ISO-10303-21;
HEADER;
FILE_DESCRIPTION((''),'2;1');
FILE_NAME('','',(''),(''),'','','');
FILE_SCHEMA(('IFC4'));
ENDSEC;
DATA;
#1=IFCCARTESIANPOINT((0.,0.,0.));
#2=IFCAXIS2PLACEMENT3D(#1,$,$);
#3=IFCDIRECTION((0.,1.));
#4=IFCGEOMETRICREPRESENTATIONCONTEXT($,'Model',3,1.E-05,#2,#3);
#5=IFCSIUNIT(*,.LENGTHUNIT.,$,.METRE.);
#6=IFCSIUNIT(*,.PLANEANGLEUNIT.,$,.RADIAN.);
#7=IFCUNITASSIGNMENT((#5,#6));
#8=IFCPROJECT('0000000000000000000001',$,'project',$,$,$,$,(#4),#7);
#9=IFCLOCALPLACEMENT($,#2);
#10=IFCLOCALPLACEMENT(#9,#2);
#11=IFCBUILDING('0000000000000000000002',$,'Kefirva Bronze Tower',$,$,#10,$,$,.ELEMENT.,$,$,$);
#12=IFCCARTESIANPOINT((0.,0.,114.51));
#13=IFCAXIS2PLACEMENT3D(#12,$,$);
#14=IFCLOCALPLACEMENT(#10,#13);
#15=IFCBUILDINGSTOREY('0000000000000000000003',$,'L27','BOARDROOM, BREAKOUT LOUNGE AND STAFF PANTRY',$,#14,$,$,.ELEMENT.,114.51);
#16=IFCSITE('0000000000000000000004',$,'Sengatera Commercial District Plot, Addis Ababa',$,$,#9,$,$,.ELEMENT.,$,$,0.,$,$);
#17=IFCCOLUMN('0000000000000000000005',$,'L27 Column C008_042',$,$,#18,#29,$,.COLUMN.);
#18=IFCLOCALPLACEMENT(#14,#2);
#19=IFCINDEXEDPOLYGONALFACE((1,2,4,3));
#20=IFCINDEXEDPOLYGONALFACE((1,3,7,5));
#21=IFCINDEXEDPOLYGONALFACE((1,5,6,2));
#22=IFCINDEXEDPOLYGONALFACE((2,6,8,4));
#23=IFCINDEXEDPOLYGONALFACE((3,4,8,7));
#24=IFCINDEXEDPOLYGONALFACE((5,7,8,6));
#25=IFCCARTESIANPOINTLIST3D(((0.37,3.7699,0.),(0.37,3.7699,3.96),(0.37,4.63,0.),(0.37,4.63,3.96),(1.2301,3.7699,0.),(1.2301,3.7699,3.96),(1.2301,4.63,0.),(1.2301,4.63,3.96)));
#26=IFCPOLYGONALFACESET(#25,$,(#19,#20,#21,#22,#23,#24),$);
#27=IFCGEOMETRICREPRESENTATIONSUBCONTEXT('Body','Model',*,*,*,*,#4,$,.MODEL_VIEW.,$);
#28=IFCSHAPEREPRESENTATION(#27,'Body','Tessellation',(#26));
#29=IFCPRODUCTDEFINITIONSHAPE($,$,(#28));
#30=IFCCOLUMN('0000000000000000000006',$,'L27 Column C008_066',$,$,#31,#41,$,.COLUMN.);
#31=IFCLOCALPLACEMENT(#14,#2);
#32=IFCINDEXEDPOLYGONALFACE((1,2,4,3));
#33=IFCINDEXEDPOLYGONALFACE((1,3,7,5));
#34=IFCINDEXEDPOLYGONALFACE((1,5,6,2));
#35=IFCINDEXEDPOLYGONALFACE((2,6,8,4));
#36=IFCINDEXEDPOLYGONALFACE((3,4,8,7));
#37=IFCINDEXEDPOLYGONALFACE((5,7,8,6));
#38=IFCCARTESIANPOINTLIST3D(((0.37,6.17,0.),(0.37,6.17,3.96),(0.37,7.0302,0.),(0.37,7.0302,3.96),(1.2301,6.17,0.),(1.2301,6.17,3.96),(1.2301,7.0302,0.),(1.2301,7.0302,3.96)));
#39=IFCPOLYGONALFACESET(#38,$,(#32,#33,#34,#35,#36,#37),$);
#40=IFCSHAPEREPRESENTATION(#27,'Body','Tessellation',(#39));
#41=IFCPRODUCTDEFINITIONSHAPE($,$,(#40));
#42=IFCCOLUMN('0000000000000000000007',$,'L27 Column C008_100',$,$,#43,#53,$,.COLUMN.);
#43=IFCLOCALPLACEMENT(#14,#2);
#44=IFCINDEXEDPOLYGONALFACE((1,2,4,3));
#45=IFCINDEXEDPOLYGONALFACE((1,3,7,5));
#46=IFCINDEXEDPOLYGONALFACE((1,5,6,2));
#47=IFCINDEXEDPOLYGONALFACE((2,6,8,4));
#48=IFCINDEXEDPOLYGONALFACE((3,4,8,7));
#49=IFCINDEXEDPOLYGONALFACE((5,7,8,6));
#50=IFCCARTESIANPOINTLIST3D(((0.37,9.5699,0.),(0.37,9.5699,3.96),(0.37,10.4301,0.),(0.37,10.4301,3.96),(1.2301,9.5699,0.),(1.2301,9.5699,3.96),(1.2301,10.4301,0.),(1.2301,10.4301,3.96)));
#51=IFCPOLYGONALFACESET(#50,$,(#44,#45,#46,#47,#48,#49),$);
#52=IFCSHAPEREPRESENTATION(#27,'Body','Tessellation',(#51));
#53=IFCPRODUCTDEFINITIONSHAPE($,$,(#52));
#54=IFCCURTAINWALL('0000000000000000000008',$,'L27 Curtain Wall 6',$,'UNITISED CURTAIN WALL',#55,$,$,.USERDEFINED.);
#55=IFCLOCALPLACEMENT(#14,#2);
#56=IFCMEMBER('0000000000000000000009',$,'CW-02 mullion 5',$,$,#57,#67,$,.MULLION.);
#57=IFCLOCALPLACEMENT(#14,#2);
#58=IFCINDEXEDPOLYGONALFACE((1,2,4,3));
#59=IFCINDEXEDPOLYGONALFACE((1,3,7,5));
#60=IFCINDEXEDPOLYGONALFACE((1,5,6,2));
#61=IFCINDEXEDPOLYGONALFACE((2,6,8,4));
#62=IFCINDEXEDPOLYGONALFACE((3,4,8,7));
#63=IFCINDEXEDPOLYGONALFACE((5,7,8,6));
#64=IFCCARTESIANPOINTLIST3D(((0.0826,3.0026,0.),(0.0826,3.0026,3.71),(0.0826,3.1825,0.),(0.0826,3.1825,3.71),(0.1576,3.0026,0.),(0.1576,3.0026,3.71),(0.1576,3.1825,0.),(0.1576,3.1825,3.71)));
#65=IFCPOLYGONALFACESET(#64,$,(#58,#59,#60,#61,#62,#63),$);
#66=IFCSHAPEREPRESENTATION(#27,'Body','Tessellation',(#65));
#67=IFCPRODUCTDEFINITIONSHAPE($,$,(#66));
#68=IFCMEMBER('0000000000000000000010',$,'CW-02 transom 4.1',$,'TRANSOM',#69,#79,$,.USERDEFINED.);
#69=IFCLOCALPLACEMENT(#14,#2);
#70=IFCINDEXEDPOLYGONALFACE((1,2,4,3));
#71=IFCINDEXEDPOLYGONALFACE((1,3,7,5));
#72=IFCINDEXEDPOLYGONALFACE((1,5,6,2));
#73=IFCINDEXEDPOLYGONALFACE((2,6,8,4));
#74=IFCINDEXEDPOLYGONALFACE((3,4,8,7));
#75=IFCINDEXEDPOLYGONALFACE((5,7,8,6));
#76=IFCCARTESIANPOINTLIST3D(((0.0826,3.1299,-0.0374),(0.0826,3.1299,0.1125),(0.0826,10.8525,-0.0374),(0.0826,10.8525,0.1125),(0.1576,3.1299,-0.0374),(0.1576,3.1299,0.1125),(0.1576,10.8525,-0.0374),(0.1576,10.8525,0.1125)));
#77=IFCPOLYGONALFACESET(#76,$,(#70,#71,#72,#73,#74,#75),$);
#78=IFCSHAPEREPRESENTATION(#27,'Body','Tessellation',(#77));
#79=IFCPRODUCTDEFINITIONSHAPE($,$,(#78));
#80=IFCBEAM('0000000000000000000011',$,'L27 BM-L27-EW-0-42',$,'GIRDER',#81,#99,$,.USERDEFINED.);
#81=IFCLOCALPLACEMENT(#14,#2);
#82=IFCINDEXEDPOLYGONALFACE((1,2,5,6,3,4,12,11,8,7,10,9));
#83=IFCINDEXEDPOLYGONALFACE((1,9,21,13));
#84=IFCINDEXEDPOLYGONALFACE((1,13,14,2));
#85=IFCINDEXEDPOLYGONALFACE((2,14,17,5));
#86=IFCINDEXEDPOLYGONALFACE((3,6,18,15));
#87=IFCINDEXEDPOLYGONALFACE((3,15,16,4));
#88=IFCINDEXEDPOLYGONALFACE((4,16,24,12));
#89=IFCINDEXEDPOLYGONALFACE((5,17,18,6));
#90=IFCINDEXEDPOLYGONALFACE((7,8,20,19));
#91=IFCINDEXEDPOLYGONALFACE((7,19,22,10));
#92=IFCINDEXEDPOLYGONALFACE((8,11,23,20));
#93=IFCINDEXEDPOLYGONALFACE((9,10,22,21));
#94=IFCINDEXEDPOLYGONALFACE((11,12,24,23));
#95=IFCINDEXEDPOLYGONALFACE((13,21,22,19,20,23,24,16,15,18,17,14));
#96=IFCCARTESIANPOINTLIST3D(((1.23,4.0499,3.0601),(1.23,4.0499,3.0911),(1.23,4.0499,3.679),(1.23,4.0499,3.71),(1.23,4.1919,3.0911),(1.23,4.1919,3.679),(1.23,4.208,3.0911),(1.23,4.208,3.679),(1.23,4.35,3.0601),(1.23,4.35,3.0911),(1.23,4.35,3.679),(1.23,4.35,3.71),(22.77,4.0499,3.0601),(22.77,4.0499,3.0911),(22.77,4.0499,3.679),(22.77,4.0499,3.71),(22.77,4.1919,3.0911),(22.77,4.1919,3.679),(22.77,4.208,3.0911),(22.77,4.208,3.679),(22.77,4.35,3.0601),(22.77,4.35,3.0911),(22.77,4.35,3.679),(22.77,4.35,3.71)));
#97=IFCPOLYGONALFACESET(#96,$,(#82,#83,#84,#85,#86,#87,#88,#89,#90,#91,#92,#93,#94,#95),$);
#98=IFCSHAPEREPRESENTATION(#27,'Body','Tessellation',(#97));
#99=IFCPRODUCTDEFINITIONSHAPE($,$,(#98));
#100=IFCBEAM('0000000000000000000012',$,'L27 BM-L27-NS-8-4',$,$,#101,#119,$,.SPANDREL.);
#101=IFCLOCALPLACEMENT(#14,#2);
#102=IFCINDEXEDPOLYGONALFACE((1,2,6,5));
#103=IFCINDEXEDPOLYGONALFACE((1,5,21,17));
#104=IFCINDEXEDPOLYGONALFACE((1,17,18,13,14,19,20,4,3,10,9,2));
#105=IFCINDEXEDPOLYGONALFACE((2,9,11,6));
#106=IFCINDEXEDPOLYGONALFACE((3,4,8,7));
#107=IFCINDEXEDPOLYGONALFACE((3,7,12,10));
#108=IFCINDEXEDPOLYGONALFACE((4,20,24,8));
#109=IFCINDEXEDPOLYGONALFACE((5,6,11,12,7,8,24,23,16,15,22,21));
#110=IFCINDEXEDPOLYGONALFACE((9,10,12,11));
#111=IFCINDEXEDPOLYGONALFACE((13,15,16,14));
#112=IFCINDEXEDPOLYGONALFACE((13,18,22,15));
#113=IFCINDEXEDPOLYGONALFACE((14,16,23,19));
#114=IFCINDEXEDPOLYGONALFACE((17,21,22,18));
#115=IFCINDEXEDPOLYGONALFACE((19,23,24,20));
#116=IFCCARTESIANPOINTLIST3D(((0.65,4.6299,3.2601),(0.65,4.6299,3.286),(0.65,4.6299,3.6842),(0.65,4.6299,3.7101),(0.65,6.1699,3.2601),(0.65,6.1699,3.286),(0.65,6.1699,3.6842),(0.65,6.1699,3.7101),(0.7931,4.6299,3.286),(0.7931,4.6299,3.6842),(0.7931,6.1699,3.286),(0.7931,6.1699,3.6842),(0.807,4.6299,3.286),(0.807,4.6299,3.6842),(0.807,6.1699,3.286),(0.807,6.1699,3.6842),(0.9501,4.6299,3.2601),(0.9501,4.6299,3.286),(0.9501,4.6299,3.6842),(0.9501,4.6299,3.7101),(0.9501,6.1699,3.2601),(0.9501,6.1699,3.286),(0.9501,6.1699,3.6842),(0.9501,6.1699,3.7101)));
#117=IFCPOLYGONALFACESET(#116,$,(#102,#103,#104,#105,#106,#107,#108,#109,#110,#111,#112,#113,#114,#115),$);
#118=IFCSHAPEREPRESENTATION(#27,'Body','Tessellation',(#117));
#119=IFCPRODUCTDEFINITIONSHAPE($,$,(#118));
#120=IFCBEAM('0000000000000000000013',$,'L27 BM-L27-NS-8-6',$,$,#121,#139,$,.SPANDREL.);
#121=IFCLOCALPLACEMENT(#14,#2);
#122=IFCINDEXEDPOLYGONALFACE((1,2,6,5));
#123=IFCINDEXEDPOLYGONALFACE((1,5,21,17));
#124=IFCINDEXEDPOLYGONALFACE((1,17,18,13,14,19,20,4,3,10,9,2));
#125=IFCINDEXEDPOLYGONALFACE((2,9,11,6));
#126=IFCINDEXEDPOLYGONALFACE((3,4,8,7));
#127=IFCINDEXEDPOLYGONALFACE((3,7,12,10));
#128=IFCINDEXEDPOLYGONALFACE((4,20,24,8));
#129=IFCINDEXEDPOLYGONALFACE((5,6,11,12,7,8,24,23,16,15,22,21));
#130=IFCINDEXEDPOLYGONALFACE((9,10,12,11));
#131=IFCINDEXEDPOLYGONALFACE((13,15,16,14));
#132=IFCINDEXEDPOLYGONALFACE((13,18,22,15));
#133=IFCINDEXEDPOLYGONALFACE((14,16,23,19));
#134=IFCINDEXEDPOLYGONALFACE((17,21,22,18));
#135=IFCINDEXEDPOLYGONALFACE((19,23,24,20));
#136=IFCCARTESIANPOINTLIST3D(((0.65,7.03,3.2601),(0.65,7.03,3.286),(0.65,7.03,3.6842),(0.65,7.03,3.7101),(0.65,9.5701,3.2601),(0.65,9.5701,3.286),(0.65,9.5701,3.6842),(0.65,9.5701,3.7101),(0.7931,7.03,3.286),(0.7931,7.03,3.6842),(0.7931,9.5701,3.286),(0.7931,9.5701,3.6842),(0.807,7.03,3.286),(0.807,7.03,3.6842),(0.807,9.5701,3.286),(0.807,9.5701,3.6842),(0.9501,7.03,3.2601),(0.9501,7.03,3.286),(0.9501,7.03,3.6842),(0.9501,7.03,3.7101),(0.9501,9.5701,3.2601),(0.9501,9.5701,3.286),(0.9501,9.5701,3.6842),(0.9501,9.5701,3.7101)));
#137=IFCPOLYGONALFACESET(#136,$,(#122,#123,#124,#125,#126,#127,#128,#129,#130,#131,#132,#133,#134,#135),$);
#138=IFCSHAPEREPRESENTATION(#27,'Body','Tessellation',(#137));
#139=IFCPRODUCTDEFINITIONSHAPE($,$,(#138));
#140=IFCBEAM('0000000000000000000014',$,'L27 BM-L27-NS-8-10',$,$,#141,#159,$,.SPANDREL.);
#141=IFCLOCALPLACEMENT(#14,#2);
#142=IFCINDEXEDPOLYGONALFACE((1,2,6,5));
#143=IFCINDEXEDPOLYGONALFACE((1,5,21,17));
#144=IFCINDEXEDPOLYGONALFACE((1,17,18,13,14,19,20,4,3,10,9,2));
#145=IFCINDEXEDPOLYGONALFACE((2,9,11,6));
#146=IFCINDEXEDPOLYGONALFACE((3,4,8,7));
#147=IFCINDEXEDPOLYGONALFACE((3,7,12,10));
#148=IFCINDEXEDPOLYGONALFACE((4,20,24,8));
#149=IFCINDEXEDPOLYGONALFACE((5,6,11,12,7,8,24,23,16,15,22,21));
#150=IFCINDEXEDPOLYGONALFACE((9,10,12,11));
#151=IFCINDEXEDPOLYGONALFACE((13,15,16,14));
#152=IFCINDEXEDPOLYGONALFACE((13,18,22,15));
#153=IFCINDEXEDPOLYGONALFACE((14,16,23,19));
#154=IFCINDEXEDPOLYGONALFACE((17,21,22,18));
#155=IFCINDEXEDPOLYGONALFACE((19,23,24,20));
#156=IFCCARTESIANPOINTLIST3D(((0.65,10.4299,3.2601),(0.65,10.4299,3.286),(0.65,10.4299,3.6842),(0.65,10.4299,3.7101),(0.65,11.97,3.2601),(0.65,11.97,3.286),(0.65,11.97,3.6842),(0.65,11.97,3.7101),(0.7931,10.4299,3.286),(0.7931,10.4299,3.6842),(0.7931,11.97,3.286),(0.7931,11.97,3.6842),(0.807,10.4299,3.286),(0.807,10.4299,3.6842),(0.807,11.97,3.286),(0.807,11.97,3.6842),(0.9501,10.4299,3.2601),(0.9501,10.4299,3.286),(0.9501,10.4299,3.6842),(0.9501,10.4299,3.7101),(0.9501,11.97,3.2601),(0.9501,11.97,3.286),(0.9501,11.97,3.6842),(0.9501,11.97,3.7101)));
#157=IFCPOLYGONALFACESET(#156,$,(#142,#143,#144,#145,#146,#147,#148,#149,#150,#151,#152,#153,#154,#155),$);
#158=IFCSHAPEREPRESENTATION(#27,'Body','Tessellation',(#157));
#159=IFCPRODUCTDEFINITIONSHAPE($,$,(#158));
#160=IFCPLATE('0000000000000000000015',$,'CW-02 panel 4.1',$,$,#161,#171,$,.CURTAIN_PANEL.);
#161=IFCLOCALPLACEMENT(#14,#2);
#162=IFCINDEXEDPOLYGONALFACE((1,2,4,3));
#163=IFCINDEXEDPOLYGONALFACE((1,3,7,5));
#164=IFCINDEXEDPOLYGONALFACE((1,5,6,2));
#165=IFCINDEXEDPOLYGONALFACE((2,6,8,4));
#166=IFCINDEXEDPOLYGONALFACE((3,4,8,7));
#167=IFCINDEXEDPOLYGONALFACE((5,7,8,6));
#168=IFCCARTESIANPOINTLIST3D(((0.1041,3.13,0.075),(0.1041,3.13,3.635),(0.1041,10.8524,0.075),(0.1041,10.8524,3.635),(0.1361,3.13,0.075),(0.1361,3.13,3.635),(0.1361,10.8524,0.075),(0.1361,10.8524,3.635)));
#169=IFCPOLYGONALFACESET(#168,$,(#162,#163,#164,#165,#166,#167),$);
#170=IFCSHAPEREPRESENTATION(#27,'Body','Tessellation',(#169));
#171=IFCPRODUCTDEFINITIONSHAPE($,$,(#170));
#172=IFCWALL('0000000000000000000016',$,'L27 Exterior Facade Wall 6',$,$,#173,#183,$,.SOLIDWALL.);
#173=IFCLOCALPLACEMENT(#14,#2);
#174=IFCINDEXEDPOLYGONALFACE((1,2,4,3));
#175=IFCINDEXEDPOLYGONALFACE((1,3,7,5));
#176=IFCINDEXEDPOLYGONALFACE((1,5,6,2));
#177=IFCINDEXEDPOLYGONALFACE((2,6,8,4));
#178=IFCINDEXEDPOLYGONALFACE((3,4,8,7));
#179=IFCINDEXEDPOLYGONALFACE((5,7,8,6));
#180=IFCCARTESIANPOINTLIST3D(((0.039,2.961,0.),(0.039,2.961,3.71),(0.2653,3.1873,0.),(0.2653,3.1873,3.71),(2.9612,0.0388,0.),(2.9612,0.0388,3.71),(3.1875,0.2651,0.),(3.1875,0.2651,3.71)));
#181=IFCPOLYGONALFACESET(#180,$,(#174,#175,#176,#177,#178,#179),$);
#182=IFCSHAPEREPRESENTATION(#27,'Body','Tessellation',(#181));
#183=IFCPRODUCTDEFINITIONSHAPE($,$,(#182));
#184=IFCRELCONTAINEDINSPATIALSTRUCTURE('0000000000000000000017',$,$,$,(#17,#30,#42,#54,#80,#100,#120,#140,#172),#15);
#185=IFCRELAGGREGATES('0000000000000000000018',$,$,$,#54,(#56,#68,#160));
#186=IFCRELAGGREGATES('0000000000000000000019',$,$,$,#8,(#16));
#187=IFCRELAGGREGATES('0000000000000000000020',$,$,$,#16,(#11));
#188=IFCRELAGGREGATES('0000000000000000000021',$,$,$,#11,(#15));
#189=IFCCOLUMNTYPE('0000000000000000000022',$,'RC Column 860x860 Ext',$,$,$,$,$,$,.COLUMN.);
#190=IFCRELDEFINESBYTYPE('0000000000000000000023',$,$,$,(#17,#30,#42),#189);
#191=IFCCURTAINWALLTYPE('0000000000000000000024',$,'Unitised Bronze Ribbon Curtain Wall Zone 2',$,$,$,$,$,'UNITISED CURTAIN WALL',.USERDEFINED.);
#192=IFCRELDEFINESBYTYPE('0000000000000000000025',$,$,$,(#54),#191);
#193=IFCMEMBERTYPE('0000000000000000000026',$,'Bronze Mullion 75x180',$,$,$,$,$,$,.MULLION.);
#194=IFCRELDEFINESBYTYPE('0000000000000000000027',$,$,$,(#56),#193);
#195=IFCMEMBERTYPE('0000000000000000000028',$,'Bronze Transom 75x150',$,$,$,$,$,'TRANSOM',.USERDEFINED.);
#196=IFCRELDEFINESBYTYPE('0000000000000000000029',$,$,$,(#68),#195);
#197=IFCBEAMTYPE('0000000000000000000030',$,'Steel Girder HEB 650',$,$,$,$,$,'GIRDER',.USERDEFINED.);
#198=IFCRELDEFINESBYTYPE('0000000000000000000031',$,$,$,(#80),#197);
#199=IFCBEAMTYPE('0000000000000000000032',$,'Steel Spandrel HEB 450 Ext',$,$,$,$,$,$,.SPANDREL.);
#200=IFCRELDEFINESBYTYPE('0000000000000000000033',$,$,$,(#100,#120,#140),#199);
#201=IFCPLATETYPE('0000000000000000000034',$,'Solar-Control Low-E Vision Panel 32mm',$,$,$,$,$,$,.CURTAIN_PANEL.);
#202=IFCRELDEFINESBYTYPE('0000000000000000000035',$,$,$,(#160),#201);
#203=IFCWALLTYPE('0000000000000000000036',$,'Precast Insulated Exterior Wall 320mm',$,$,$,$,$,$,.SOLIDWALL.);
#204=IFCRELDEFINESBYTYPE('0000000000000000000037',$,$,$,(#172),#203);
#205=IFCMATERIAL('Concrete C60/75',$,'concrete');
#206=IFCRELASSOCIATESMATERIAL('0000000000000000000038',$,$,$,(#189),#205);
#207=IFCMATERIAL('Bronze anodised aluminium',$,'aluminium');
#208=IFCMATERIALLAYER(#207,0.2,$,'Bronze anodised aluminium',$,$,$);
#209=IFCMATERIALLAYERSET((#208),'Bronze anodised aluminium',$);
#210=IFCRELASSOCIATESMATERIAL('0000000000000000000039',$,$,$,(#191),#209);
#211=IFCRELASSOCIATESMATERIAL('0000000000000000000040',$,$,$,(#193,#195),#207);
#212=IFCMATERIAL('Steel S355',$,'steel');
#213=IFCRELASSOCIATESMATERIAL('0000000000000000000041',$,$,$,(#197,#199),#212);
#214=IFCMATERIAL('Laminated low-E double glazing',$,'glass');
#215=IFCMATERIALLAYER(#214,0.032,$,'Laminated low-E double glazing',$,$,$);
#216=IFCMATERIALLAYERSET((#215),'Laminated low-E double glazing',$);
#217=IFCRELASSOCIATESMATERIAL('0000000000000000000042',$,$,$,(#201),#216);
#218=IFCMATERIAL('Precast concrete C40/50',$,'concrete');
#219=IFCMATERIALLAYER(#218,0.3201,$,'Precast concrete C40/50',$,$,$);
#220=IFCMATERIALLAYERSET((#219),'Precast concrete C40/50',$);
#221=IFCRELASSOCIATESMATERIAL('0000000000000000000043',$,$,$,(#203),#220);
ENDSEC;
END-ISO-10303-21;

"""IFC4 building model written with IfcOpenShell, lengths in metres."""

from ifc_helpers import new_model, si_unit, direction, frame, frame_2d, origin, origin_2d, place, context, subcontext, project, spatial, rectangle, i_section, extrude, material, layer, layer_set, material_profile, profile_set, type_object, element, aggregate, save


model = new_model("IFC4")

# Units and contexts
model_context = context("Model", 3, precision=1e-05, world=origin(), true_north=direction((0.0, 1.0)))
body_context = subcontext(model_context, "Body", "Model", "MODEL_VIEW")
ifc_project = project(units=[si_unit("LENGTHUNIT", "METRE"), si_unit("PLANEANGLEUNIT", "RADIAN")], contexts=[model_context])

# Site, building, storey
site_placement = place(None, origin())
site = spatial("IfcSite", under=ifc_project, at=site_placement, Name="Sengatera Commercial District Plot, Addis Ababa", CompositionType="ELEMENT", RefElevation=0.0)
building_placement = place(site_placement, origin())
building = spatial("IfcBuilding", under=site, at=building_placement, Name="Kefirva Bronze Tower", CompositionType="ELEMENT")
storey_placement = place(building_placement, frame((0.0, 0.0, 114.51)))
storey = spatial("IfcBuildingStorey", under=building, at=storey_placement, Name="L27", Description="BOARDROOM, BREAKOUT LOUNGE AND STAFF PANTRY", CompositionType="ELEMENT", Elevation=114.51)

# Columns
ifc_material_1 = material(Name="Concrete C60/75", Category="concrete")
ifc_material_profile_1 = material_profile(ifc_material_1, rectangle(XDim=0.8601, YDim=0.8601, at=origin_2d()), Name="RC 860x860")
ifc_profile_set_1 = profile_set([ifc_material_profile_1], Name="Concrete C60/75")
column_type = type_object("IfcColumnType", Name="RC Column 860x860 Ext", PredefinedType="COLUMN", material=ifc_profile_set_1)
for number, where, z_axis, x_axis, name in (
    (1, (0.8, 4.2, 0.0), (0.0, 0.0, 1.0), (1.0, 0.0, 0.0), "L27 Column C008_042"),
    (2, (0.8, 6.6001, 0.0), (0.0, 0.0, 1.0), (1.0, 0.0, 0.0), "L27 Column C008_066"),
    (3, (0.8, 10.0, 0.0), (0.0, 0.0, 1.0), (1.0, 0.0, 0.0), "L27 Column C008_100"),
):
    element("IfcColumn", number, at=place(storey_placement, frame(where, z_axis=z_axis, x_axis=x_axis)), inside=storey, type_object=column_type, Name=name, PredefinedType="COLUMN", context=body_context, shape_type="SweptSolid", body=[
        extrude(rectangle(XDim=0.8601, YDim=0.8601, at=origin_2d()), origin(), (0.0, 0.0, 1.0), 3.96),
    ])

# Curtain wall, members
ifc_material_2 = material(Name="Bronze anodised aluminium", Category="aluminium")
ifc_layer_1 = layer(ifc_material_2, 0.2, Name="Bronze anodised aluminium")
ifc_layer_set_1 = layer_set([ifc_layer_1], Name="Bronze anodised aluminium")
curtain_wall_type = type_object("IfcCurtainWallType", Name="Unitised Bronze Ribbon Curtain Wall Zone 2", ElementType="UNITISED CURTAIN WALL", PredefinedType="USERDEFINED", material=ifc_layer_set_1)
curtain_wall_placement = place(storey_placement, origin())
curtain_wall = element("IfcCurtainWall", 4, at=curtain_wall_placement, inside=storey, type_object=curtain_wall_type, Name="L27 Curtain Wall 6", ObjectType="UNITISED CURTAIN WALL", PredefinedType="USERDEFINED")
ifc_material_profile_2 = material_profile(ifc_material_2, rectangle(XDim=0.075, YDim=0.1799, at=origin_2d()), Name="ALU 75x180")
ifc_profile_set_2 = profile_set([ifc_material_profile_2], Name="Bronze anodised aluminium")
member_type_1 = type_object("IfcMemberType", Name="Bronze Mullion 75x180", PredefinedType="MULLION", material=ifc_profile_set_2)
member_1_placement = place(storey_placement, frame((0.1201, 3.0925, 0.0), z_axis=(0.0, 0.0, 1.0), x_axis=(1.0, 0.0, 0.0)))
member_1 = element("IfcMember", 5, at=member_1_placement, type_object=member_type_1, Name="CW-02 mullion 5", PredefinedType="MULLION", context=body_context, shape_type="SweptSolid", body=[
    extrude(rectangle(XDim=0.075, YDim=0.1799, at=origin_2d()), origin(), (0.0, 0.0, 1.0), 3.71),
])
ifc_material_profile_3 = material_profile(ifc_material_2, rectangle(XDim=0.075, YDim=0.1499, at=origin_2d()), Name="ALU 75x150")
ifc_profile_set_3 = profile_set([ifc_material_profile_3], Name="Bronze anodised aluminium")
member_type_2 = type_object("IfcMemberType", Name="Bronze Transom 75x150", ElementType="TRANSOM", PredefinedType="USERDEFINED", material=ifc_profile_set_3)
member_2_placement = place(storey_placement, frame((0.1201, 10.8525, 0.0376), z_axis=(0.0, -1.0, 0.0), x_axis=(1.0, 0.0, 0.0)))
member_2 = element("IfcMember", 6, at=member_2_placement, type_object=member_type_2, Name="CW-02 transom 4.1", ObjectType="TRANSOM", PredefinedType="USERDEFINED", context=body_context, shape_type="SweptSolid", body=[
    extrude(rectangle(XDim=0.075, YDim=0.1499, at=origin_2d()), origin(), (0.0, 0.0, 1.0), 7.7227),
])

# Beams
ifc_material_3 = material(Name="Steel S355", Category="steel")
ifc_material_profile_4 = material_profile(ifc_material_3, i_section(OverallWidth=0.3, OverallDepth=0.6499, WebThickness=0.0161, FlangeThickness=0.031, at=origin_2d()), Name="HEB 650")
ifc_profile_set_4 = profile_set([ifc_material_profile_4], Name="Steel S355")
beam_type_1 = type_object("IfcBeamType", Name="Steel Girder HEB 650", ElementType="GIRDER", PredefinedType="USERDEFINED", material=ifc_profile_set_4)
beam_1_placement = place(storey_placement, frame((1.23, 4.2, 3.385), z_axis=(1.0, 0.0, 0.0), x_axis=(0.0, 1.0, 0.0)))
element("IfcBeam", 7, at=beam_1_placement, inside=storey, type_object=beam_type_1, Name="L27 BM-L27-EW-0-42", ObjectType="GIRDER", PredefinedType="USERDEFINED", context=body_context, shape_type="SweptSolid", body=[
    extrude(i_section(OverallWidth=0.3, OverallDepth=0.6499, WebThickness=0.0161, FlangeThickness=0.031, at=origin_2d()), origin(), (0.0, 0.0, 1.0), 21.54),
])
ifc_material_profile_5 = material_profile(ifc_material_3, i_section(OverallWidth=0.3, OverallDepth=0.45, WebThickness=0.0139, FlangeThickness=0.0259, at=origin_2d()), Name="HEB 450")
ifc_profile_set_5 = profile_set([ifc_material_profile_5], Name="Steel S355")
beam_type_2 = type_object("IfcBeamType", Name="Steel Spandrel HEB 450 Ext", PredefinedType="SPANDREL", material=ifc_profile_set_5)
beam_2_placement = place(storey_placement, frame((0.8, 4.6299, 3.4851), z_axis=(0.0, 1.0, 0.0), x_axis=(-1.0, 0.0, 0.0)))
element("IfcBeam", 8, at=beam_2_placement, inside=storey, type_object=beam_type_2, Name="L27 BM-L27-NS-8-4", PredefinedType="SPANDREL", context=body_context, shape_type="SweptSolid", body=[
    extrude(i_section(OverallWidth=0.3, OverallDepth=0.45, WebThickness=0.0139, FlangeThickness=0.0259, at=origin_2d()), origin(), (0.0, 0.0, 1.0), 1.54),
])
beam_3_placement = place(storey_placement, frame((0.8, 7.03, 3.4851), z_axis=(0.0, 1.0, 0.0), x_axis=(-1.0, 0.0, 0.0)))
element("IfcBeam", 9, at=beam_3_placement, inside=storey, type_object=beam_type_2, Name="L27 BM-L27-NS-8-6", PredefinedType="SPANDREL", context=body_context, shape_type="SweptSolid", body=[
    extrude(i_section(OverallWidth=0.3, OverallDepth=0.45, WebThickness=0.0139, FlangeThickness=0.0259, at=origin_2d()), origin(), (0.0, 0.0, 1.0), 2.54),
])
beam_4_placement = place(storey_placement, frame((0.8, 10.4299, 3.4851), z_axis=(0.0, 1.0, 0.0), x_axis=(-1.0, 0.0, 0.0)))
element("IfcBeam", 10, at=beam_4_placement, inside=storey, type_object=beam_type_2, Name="L27 BM-L27-NS-8-10", PredefinedType="SPANDREL", context=body_context, shape_type="SweptSolid", body=[
    extrude(i_section(OverallWidth=0.3, OverallDepth=0.45, WebThickness=0.0139, FlangeThickness=0.0259, at=origin_2d()), origin(), (0.0, 0.0, 1.0), 1.54),
])

# Plate
ifc_material_4 = material(Name="Laminated low-E double glazing", Category="glass")
ifc_layer_2 = layer(ifc_material_4, 0.032, Name="Laminated low-E double glazing")
ifc_layer_set_2 = layer_set([ifc_layer_2], Name="Laminated low-E double glazing")
plate_type = type_object("IfcPlateType", Name="Solar-Control Low-E Vision Panel 32mm", PredefinedType="CURTAIN_PANEL", material=ifc_layer_set_2)
plate_placement = place(storey_placement, frame((0.1201, 6.9912, 0.075), z_axis=(0.0, 0.0, 1.0), x_axis=(0.0, -1.0, 0.0)))
plate = element("IfcPlate", 11, at=plate_placement, type_object=plate_type, Name="CW-02 panel 4.1", PredefinedType="CURTAIN_PANEL", context=body_context, shape_type="SweptSolid", body=[
    extrude(rectangle(XDim=7.7224, YDim=0.032, at=origin_2d()), origin(), (0.0, 0.0, 1.0), 3.5601),
])
aggregate(curtain_wall, [member_1, member_2, plate])

# Wall
ifc_material_5 = material(Name="Precast concrete C40/50", Category="concrete")
ifc_layer_3 = layer(ifc_material_5, 0.3201, Name="Precast concrete C40/50")
ifc_layer_set_3 = layer_set([ifc_layer_3], Name="Precast concrete C40/50")
wall_type_1 = type_object("IfcWallType", Name="Precast Insulated Exterior Wall 320mm", PredefinedType="SOLIDWALL", material=ifc_layer_set_3)
wall_1_placement = place(storey_placement, frame((0.1521, 3.0742, 0.0), z_axis=(0.0, 0.0, 1.0), x_axis=(0.707107, -0.707107, 0.0)))
element("IfcWall", 12, at=wall_1_placement, inside=storey, type_object=wall_type_1, Name="L27 Exterior Facade Wall 6", PredefinedType="SOLIDWALL", context=body_context, shape_type="SweptSolid", body=[
    extrude(rectangle(XDim=4.1326, YDim=0.3201, at=frame_2d((2.0664, 0.0))), origin(), (0.0, 0.0, 1.0), 3.71),
])

save(model, "model.ifc")
